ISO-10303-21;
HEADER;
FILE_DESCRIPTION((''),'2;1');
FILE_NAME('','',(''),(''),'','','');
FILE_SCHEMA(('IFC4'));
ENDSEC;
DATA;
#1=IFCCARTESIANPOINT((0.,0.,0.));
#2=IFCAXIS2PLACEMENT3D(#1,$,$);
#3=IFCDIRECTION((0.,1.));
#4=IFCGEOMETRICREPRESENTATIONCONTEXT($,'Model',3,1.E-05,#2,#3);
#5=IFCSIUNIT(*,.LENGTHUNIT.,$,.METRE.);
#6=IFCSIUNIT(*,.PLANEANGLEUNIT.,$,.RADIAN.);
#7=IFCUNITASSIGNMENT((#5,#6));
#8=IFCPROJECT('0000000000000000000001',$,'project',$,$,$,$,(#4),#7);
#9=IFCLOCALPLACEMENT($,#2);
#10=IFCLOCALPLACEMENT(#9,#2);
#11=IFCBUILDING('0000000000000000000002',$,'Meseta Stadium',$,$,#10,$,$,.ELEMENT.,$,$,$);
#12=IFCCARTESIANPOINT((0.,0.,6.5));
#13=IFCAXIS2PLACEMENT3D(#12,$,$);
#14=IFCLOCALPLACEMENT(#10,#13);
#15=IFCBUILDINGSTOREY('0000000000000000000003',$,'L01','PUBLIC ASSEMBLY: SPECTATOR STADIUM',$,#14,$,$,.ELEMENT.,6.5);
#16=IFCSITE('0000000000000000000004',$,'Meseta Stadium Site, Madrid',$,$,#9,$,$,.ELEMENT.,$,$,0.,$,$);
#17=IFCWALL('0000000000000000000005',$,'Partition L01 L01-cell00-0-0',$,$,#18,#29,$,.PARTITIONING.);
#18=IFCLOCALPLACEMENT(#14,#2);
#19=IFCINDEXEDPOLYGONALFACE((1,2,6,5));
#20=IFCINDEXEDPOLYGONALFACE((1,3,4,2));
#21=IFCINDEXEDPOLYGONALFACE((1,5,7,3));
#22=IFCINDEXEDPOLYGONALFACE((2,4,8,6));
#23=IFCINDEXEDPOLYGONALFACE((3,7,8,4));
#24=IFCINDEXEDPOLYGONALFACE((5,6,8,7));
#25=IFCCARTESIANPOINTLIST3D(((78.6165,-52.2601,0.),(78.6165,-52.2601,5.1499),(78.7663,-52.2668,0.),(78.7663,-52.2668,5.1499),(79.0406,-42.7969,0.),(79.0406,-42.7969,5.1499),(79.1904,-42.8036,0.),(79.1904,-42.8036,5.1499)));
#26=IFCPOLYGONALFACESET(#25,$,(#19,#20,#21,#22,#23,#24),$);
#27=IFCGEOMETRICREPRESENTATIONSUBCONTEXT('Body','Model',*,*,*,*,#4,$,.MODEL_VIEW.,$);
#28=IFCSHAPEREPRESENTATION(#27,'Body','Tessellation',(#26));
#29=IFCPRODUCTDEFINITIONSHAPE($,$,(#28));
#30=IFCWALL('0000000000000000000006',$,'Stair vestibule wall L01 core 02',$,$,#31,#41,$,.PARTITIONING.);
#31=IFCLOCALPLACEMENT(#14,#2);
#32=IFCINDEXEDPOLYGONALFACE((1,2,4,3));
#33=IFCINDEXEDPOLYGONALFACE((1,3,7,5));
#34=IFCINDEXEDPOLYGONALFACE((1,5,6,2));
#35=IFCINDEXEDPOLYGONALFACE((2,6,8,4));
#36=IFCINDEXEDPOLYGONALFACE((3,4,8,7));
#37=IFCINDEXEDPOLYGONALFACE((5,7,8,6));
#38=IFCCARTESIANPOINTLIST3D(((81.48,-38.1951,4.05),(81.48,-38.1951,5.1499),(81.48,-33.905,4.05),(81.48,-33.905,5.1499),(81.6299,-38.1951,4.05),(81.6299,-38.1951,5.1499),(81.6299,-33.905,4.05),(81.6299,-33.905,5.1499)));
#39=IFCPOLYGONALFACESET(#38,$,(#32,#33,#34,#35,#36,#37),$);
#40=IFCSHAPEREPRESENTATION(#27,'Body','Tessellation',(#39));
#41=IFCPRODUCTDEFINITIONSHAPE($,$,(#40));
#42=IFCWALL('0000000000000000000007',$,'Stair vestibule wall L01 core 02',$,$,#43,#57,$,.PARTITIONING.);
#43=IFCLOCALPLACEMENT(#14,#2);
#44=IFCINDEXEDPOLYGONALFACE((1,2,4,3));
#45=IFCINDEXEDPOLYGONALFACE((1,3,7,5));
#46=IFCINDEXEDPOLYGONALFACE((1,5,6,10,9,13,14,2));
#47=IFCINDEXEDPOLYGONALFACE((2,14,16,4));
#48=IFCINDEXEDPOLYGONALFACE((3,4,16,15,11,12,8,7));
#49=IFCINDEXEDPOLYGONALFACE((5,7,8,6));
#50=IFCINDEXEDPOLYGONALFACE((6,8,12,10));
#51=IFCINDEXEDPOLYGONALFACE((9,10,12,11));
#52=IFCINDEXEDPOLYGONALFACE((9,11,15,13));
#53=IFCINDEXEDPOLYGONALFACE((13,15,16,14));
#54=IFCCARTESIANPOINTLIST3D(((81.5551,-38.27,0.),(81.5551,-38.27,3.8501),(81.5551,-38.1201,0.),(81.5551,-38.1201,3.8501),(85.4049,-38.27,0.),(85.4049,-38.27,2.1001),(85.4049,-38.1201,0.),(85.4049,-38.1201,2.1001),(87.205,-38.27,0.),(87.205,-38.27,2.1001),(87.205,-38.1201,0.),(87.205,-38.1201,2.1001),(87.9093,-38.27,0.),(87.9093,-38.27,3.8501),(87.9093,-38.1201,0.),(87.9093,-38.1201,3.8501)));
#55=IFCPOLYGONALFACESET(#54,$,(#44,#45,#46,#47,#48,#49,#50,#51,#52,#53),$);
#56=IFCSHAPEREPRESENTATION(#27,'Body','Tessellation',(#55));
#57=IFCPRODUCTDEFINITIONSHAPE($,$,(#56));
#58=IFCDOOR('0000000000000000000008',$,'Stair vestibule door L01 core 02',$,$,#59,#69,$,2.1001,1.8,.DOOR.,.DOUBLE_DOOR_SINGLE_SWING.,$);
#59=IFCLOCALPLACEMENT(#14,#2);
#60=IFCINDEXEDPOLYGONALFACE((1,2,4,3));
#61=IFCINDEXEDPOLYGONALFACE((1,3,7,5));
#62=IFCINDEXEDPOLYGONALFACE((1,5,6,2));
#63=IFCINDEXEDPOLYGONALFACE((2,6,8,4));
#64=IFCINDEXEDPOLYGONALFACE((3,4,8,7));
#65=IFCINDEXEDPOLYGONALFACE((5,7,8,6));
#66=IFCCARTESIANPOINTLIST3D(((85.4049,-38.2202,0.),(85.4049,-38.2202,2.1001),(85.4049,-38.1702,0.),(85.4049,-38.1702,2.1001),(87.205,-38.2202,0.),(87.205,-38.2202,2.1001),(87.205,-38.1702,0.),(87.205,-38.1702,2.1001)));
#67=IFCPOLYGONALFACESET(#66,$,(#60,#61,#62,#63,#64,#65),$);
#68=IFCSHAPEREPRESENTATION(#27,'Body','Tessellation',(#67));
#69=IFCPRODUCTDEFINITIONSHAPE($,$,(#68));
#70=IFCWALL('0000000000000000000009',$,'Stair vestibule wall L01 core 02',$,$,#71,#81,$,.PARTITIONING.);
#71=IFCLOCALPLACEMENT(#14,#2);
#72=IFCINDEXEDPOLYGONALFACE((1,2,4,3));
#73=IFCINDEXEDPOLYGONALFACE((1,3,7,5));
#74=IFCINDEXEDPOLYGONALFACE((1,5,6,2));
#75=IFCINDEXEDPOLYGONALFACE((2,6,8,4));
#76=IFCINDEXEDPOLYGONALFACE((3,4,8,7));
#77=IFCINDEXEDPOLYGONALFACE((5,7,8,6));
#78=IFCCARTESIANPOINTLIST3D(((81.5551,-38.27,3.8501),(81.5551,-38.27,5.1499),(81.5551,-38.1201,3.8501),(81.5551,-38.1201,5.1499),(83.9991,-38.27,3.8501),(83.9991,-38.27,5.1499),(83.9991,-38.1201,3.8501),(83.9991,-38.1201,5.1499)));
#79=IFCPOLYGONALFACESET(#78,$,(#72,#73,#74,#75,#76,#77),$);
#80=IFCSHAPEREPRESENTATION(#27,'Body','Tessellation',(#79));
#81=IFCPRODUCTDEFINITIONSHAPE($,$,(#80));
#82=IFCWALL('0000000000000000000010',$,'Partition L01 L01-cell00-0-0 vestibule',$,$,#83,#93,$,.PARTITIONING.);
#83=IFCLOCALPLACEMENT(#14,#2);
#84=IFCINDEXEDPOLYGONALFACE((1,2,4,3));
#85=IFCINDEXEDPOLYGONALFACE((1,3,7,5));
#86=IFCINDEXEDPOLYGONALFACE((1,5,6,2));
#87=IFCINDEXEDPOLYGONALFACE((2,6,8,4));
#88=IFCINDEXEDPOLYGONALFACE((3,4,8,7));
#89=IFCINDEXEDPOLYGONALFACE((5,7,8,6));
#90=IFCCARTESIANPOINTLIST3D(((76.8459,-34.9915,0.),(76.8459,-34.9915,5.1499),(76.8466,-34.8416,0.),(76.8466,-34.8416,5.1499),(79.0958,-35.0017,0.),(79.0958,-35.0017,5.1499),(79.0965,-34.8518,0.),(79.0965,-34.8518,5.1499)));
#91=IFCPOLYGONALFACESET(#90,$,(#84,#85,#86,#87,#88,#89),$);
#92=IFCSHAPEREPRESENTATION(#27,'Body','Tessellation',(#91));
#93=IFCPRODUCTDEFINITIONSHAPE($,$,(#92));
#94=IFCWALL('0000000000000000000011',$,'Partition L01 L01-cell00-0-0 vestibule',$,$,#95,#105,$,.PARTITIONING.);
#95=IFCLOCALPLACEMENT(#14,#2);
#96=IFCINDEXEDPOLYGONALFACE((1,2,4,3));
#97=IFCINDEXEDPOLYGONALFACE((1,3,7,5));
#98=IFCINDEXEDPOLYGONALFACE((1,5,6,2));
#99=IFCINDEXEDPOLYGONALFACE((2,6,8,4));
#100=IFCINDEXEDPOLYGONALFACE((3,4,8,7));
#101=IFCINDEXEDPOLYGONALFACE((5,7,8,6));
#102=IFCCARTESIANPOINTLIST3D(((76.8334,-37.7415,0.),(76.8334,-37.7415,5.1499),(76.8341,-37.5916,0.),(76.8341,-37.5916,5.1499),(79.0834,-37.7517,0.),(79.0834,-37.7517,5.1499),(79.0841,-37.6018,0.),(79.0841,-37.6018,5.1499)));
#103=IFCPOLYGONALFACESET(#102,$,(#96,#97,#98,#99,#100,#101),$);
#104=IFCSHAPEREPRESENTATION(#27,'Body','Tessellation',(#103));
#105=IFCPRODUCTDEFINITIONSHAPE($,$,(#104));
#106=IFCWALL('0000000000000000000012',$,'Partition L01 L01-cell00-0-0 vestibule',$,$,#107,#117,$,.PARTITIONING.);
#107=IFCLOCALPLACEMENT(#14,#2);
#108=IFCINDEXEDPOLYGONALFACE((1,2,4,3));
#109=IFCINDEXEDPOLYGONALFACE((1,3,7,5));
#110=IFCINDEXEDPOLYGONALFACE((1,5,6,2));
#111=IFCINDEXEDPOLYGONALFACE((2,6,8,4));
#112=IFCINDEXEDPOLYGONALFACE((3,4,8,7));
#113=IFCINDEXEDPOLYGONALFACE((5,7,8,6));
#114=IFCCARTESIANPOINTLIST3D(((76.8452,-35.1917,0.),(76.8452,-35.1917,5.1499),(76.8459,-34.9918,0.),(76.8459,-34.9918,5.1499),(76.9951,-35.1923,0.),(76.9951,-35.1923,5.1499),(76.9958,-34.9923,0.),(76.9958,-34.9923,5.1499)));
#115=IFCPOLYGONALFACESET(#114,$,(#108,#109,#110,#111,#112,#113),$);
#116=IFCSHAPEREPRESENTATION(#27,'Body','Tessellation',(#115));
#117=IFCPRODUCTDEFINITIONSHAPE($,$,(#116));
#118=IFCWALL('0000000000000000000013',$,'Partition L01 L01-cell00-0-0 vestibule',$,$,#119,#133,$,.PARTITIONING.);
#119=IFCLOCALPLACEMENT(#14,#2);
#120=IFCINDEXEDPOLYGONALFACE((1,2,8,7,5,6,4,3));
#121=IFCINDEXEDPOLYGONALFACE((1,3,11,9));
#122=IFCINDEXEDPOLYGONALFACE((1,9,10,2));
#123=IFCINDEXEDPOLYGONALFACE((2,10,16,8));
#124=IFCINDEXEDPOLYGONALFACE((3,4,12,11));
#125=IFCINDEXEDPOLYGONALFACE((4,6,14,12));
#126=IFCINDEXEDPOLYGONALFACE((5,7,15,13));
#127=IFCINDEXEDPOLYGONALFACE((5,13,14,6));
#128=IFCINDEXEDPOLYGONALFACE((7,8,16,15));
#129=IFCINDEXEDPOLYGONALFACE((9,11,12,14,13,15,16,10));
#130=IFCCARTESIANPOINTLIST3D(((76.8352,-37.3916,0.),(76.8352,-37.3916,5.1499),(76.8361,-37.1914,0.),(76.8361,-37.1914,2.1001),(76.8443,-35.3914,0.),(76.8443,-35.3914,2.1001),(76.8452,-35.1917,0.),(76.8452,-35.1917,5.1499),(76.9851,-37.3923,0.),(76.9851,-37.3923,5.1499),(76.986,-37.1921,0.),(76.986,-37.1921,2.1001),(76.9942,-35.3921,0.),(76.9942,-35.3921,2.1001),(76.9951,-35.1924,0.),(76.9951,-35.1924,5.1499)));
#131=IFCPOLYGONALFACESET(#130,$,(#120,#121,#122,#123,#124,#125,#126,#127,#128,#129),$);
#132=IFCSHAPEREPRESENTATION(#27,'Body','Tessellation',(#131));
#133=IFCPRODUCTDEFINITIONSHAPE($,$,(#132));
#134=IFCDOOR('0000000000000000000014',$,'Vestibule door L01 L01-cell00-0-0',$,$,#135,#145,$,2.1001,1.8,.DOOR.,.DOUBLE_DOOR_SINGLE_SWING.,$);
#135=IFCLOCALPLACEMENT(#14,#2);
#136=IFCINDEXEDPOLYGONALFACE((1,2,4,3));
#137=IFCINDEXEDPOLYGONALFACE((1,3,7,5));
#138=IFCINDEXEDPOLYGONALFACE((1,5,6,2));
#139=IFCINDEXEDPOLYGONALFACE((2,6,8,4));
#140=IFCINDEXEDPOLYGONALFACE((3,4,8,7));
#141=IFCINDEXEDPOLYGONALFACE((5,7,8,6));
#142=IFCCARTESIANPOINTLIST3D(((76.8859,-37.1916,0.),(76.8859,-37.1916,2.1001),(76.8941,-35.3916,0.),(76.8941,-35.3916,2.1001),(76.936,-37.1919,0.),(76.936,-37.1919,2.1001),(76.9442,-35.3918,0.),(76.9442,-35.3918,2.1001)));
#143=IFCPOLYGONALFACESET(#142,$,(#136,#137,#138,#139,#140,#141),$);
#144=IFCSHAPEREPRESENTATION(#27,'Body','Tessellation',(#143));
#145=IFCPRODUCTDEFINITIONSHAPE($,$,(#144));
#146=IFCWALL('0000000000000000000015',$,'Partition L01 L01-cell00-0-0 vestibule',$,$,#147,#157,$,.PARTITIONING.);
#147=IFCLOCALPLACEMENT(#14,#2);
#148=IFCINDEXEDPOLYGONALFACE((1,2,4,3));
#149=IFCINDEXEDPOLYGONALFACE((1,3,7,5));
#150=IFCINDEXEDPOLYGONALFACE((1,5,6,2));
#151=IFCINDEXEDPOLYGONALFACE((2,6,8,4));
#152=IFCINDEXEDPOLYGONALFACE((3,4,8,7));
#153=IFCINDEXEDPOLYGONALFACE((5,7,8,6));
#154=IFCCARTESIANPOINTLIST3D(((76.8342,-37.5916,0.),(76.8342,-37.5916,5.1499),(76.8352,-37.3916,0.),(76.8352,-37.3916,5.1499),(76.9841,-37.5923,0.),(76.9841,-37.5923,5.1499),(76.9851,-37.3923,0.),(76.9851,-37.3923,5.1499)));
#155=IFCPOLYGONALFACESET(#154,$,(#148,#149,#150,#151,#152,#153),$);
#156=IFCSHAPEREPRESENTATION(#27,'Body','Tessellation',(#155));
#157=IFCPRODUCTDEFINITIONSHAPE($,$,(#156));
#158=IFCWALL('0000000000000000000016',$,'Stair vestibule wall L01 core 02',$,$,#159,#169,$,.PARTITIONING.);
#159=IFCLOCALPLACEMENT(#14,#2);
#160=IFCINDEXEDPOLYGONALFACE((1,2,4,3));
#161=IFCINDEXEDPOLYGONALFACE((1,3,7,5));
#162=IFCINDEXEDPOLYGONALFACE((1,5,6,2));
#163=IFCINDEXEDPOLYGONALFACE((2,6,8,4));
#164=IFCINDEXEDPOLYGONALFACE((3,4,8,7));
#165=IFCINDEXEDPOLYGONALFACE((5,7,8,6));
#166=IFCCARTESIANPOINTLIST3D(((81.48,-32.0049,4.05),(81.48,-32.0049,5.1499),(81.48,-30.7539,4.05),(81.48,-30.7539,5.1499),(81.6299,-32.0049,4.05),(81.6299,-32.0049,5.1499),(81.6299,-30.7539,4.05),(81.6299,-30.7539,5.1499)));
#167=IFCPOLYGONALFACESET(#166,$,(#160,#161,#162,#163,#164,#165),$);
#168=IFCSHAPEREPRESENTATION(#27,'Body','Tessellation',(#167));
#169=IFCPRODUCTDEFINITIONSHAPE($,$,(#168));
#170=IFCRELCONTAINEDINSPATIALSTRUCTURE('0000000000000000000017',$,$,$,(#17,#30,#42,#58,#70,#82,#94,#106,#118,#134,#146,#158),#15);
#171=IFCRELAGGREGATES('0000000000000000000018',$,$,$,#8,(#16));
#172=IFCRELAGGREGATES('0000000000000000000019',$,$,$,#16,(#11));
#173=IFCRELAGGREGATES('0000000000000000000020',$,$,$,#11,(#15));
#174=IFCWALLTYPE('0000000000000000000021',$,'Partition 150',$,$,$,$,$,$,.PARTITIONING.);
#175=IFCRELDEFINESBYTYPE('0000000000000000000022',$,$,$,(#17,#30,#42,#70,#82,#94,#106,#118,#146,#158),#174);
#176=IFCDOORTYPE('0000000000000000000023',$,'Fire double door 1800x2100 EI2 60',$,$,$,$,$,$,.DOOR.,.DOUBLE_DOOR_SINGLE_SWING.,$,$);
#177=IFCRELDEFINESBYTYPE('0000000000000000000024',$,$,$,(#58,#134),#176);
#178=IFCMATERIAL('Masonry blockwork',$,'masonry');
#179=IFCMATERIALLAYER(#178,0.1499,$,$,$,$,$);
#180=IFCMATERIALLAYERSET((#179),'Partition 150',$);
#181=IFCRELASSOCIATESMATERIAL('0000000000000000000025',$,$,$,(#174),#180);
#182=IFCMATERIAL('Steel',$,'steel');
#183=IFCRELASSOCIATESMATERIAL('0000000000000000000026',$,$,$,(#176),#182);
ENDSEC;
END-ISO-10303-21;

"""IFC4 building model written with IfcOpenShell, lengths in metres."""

from ifc_helpers import new_model, si_unit, direction, frame, frame_2d, origin, place, context, subcontext, project, spatial, rectangle, extrude, material, layer, layer_set, type_object, element, fill, save


model = new_model("IFC4")

# Units and contexts
model_context = context("Model", 3, precision=1e-05, world=origin(), true_north=direction((0.0, 1.0)))
body_context = subcontext(model_context, "Body", "Model", "MODEL_VIEW")
ifc_project = project(units=[si_unit("LENGTHUNIT", "METRE"), si_unit("PLANEANGLEUNIT", "RADIAN")], contexts=[model_context])

# Site, building, storey
site_placement = place(None, origin())
site = spatial("IfcSite", under=ifc_project, at=site_placement, Name="Meseta Stadium Site, Madrid", CompositionType="ELEMENT", RefElevation=0.0)
building_placement = place(site_placement, origin())
building = spatial("IfcBuilding", under=site, at=building_placement, Name="Meseta Stadium", CompositionType="ELEMENT")
storey_placement = place(building_placement, frame((0.0, 0.0, 6.5)))
storey = spatial("IfcBuildingStorey", under=building, at=storey_placement, Name="L01", Description="PUBLIC ASSEMBLY: SPECTATOR STADIUM", CompositionType="ELEMENT", Elevation=6.5)

# Walls
ifc_material_1 = material(Name="Masonry blockwork", Category="masonry")
ifc_layer_1 = layer(ifc_material_1, 0.1499)
ifc_layer_set_1 = layer_set([ifc_layer_1], Name="Partition 150")
wall_type = type_object("IfcWallType", Name="Partition 150", PredefinedType="PARTITIONING", material=ifc_layer_set_1)
wall_1_placement = place(storey_placement, frame((79.1155, -42.8003, 0.0), z_axis=(0.0, 0.0, 1.0), x_axis=(-0.044768, -0.998997, 0.0)))
element("IfcWall", 1, at=wall_1_placement, inside=storey, type_object=wall_type, Name="Partition L01 L01-cell00-0-0", PredefinedType="PARTITIONING", context=body_context, shape_type="SweptSolid", body=[
    extrude(rectangle(XDim=9.4727, YDim=0.1499, at=frame_2d((4.7363, 0.0))), origin(), (0.0, 0.0, 1.0), 5.1499),
])
wall_2_placement = place(storey_placement, frame((81.5549, -33.905, 4.05), z_axis=(0.0, 0.0, 1.0), x_axis=(0.0, -1.0, 0.0)))
element("IfcWall", 2, at=wall_2_placement, inside=storey, type_object=wall_type, Name="Stair vestibule wall L01 core 02", PredefinedType="PARTITIONING", context=body_context, shape_type="SweptSolid", body=[
    extrude(rectangle(XDim=4.29, YDim=0.1499, at=frame_2d((2.145, 0.0))), origin(), (0.0, 0.0, 1.0), 1.0999),
])

# Wall, opening, door
wall_3_placement = place(storey_placement, frame((81.5549, -38.1951, 0.0), z_axis=(0.0, 0.0, 1.0), x_axis=(1.0, 0.0, 0.0)))
wall_3 = element("IfcWall", 3, at=wall_3_placement, inside=storey, type_object=wall_type, Name="Stair vestibule wall L01 core 02", PredefinedType="PARTITIONING", context=body_context, shape_type="SweptSolid", body=[
    extrude(rectangle(XDim=6.3542, YDim=0.1499, at=frame_2d((3.1772, 0.0))), origin(), (0.0, 0.0, 1.0), 3.8501),
])
opening_1_placement = place(wall_3_placement, frame((3.8501, 0.0, 0.0)))
opening_1 = element("IfcOpeningElement", 4, at=opening_1_placement, cuts=wall_3, PredefinedType="OPENING", context=body_context, shape_type="SweptSolid", body=[
    extrude(rectangle(XDim=1.8, YDim=2.1001, at=frame_2d((0.8999, 1.05))), frame((0.0, 0.085, 0.0), z_axis=(0.0, -1.0, 0.0), x_axis=(1.0, 0.0, 0.0)), (0.0, 0.0, 1.0), 0.1699),
])
ifc_material_2 = material(Name="Steel", Category="steel")
door_type = type_object("IfcDoorType", Name="Fire double door 1800x2100 EI2 60", OperationType="DOUBLE_DOOR_SINGLE_SWING", PredefinedType="DOOR", material=ifc_material_2)
door_1_placement = place(opening_1_placement, origin())
door_1 = element("IfcDoor", 5, at=door_1_placement, inside=storey, type_object=door_type, Name="Stair vestibule door L01 core 02", OperationType="DOUBLE_DOOR_SINGLE_SWING", OverallHeight=2.1001, OverallWidth=1.8, PredefinedType="DOOR", context=body_context, shape_type="SweptSolid", body=[
    extrude(rectangle(XDim=1.8, YDim=2.1001, at=frame_2d((0.8999, 1.05))), frame((0.0, 0.0249, 0.0), z_axis=(0.0, -1.0, 0.0), x_axis=(1.0, 0.0, 0.0)), (0.0, 0.0, 1.0), 0.05),
])
fill(opening_1, door_1)

# Walls
wall_4_placement = place(storey_placement, frame((81.5549, -38.1951, 3.8501), z_axis=(0.0, 0.0, 1.0), x_axis=(1.0, 0.0, 0.0)))
element("IfcWall", 6, at=wall_4_placement, inside=storey, type_object=wall_type, Name="Stair vestibule wall L01 core 02", PredefinedType="PARTITIONING", context=body_context, shape_type="SweptSolid", body=[
    extrude(rectangle(XDim=2.4441, YDim=0.1499, at=frame_2d((1.2222, 0.0))), origin(), (0.0, 0.0, 1.0), 1.2998),
])
for number, where, z_axis, x_axis, name in (
    (7, (79.0962, -34.9268, 0.0), (0.0, 0.0, 1.0), (-0.99999, 0.004557, 0.0), "Partition L01 L01-cell00-0-0 vestibule"),
    (8, (79.0837, -37.6768, 0.0), (0.0, 0.0, 1.0), (-0.99999, 0.004557, 0.0), "Partition L01 L01-cell00-0-0 vestibule"),
):
    element("IfcWall", number, at=place(storey_placement, frame(where, z_axis=z_axis, x_axis=x_axis)), inside=storey, type_object=wall_type, Name=name, PredefinedType="PARTITIONING", context=body_context, shape_type="SweptSolid", body=[
        extrude(rectangle(XDim=2.25, YDim=0.1499, at=frame_2d((1.125, 0.0))), origin(), (0.0, 0.0, 1.0), 5.1499),
    ])
wall_5_placement = place(storey_placement, frame((76.9209, -34.9919, 0.0), z_axis=(0.0, 0.0, 1.0), x_axis=(-0.003663, -0.999993, 0.0)))
element("IfcWall", 9, at=wall_5_placement, inside=storey, type_object=wall_type, Name="Partition L01 L01-cell00-0-0 vestibule", PredefinedType="PARTITIONING", context=body_context, shape_type="SweptSolid", body=[
    extrude(rectangle(XDim=0.2, YDim=0.1499, at=frame_2d((0.1001, 0.0))), origin(), (0.0, 0.0, 1.0), 5.1499),
])

# Wall, opening, door
wall_6_placement = place(storey_placement, frame((76.9202, -35.1919, 0.0), z_axis=(0.0, 0.0, 1.0), x_axis=(-0.00455, -0.99999, 0.0)))
wall_6 = element("IfcWall", 10, at=wall_6_placement, inside=storey, type_object=wall_type, Name="Partition L01 L01-cell00-0-0 vestibule", PredefinedType="PARTITIONING", context=body_context, shape_type="SweptSolid", body=[
    extrude(rectangle(XDim=2.2, YDim=0.1499, at=frame_2d((1.1001, 0.0))), origin(), (0.0, 0.0, 1.0), 5.1499),
])
opening_2_placement = place(wall_6_placement, frame((0.2, 0.0, 0.0)))
opening_2 = element("IfcOpeningElement", 11, at=opening_2_placement, cuts=wall_6, PredefinedType="OPENING", context=body_context, shape_type="SweptSolid", body=[
    extrude(rectangle(XDim=1.8, YDim=2.1001, at=frame_2d((0.8999, 1.05))), frame((0.0, 0.085, 0.0), z_axis=(0.0, -1.0, 0.0), x_axis=(1.0, 0.0, 0.0)), (0.0, 0.0, 1.0), 0.1699),
])
door_2_placement = place(opening_2_placement, origin())
door_2 = element("IfcDoor", 12, at=door_2_placement, inside=storey, type_object=door_type, Name="Vestibule door L01 L01-cell00-0-0", OperationType="DOUBLE_DOOR_SINGLE_SWING", OverallHeight=2.1001, OverallWidth=1.8, PredefinedType="DOOR", context=body_context, shape_type="SweptSolid", body=[
    extrude(rectangle(XDim=1.8, YDim=2.1001, at=frame_2d((0.8999, 1.05))), frame((0.0, 0.0249, 0.0), z_axis=(0.0, -1.0, 0.0), x_axis=(1.0, 0.0, 0.0)), (0.0, 0.0, 1.0), 0.05),
])
fill(opening_2, door_2)

# Walls
wall_7_placement = place(storey_placement, frame((76.9102, -37.3918, 0.0), z_axis=(0.0, 0.0, 1.0), x_axis=(-0.004884, -0.999988, 0.0)))
element("IfcWall", 13, at=wall_7_placement, inside=storey, type_object=wall_type, Name="Partition L01 L01-cell00-0-0 vestibule", PredefinedType="PARTITIONING", context=body_context, shape_type="SweptSolid", body=[
    extrude(rectangle(XDim=0.2, YDim=0.1499, at=frame_2d((0.1001, 0.0))), origin(), (0.0, 0.0, 1.0), 5.1499),
])
wall_8_placement = place(storey_placement, frame((81.5549, -30.7539, 4.05), z_axis=(0.0, 0.0, 1.0), x_axis=(0.0, -1.0, 0.0)))
element("IfcWall", 14, at=wall_8_placement, inside=storey, type_object=wall_type, Name="Stair vestibule wall L01 core 02", PredefinedType="PARTITIONING", context=body_context, shape_type="SweptSolid", body=[
    extrude(rectangle(XDim=1.251, YDim=0.1499, at=frame_2d((0.6255, 0.0))), origin(), (0.0, 0.0, 1.0), 1.0999),
])

save(model, "model.ifc")
